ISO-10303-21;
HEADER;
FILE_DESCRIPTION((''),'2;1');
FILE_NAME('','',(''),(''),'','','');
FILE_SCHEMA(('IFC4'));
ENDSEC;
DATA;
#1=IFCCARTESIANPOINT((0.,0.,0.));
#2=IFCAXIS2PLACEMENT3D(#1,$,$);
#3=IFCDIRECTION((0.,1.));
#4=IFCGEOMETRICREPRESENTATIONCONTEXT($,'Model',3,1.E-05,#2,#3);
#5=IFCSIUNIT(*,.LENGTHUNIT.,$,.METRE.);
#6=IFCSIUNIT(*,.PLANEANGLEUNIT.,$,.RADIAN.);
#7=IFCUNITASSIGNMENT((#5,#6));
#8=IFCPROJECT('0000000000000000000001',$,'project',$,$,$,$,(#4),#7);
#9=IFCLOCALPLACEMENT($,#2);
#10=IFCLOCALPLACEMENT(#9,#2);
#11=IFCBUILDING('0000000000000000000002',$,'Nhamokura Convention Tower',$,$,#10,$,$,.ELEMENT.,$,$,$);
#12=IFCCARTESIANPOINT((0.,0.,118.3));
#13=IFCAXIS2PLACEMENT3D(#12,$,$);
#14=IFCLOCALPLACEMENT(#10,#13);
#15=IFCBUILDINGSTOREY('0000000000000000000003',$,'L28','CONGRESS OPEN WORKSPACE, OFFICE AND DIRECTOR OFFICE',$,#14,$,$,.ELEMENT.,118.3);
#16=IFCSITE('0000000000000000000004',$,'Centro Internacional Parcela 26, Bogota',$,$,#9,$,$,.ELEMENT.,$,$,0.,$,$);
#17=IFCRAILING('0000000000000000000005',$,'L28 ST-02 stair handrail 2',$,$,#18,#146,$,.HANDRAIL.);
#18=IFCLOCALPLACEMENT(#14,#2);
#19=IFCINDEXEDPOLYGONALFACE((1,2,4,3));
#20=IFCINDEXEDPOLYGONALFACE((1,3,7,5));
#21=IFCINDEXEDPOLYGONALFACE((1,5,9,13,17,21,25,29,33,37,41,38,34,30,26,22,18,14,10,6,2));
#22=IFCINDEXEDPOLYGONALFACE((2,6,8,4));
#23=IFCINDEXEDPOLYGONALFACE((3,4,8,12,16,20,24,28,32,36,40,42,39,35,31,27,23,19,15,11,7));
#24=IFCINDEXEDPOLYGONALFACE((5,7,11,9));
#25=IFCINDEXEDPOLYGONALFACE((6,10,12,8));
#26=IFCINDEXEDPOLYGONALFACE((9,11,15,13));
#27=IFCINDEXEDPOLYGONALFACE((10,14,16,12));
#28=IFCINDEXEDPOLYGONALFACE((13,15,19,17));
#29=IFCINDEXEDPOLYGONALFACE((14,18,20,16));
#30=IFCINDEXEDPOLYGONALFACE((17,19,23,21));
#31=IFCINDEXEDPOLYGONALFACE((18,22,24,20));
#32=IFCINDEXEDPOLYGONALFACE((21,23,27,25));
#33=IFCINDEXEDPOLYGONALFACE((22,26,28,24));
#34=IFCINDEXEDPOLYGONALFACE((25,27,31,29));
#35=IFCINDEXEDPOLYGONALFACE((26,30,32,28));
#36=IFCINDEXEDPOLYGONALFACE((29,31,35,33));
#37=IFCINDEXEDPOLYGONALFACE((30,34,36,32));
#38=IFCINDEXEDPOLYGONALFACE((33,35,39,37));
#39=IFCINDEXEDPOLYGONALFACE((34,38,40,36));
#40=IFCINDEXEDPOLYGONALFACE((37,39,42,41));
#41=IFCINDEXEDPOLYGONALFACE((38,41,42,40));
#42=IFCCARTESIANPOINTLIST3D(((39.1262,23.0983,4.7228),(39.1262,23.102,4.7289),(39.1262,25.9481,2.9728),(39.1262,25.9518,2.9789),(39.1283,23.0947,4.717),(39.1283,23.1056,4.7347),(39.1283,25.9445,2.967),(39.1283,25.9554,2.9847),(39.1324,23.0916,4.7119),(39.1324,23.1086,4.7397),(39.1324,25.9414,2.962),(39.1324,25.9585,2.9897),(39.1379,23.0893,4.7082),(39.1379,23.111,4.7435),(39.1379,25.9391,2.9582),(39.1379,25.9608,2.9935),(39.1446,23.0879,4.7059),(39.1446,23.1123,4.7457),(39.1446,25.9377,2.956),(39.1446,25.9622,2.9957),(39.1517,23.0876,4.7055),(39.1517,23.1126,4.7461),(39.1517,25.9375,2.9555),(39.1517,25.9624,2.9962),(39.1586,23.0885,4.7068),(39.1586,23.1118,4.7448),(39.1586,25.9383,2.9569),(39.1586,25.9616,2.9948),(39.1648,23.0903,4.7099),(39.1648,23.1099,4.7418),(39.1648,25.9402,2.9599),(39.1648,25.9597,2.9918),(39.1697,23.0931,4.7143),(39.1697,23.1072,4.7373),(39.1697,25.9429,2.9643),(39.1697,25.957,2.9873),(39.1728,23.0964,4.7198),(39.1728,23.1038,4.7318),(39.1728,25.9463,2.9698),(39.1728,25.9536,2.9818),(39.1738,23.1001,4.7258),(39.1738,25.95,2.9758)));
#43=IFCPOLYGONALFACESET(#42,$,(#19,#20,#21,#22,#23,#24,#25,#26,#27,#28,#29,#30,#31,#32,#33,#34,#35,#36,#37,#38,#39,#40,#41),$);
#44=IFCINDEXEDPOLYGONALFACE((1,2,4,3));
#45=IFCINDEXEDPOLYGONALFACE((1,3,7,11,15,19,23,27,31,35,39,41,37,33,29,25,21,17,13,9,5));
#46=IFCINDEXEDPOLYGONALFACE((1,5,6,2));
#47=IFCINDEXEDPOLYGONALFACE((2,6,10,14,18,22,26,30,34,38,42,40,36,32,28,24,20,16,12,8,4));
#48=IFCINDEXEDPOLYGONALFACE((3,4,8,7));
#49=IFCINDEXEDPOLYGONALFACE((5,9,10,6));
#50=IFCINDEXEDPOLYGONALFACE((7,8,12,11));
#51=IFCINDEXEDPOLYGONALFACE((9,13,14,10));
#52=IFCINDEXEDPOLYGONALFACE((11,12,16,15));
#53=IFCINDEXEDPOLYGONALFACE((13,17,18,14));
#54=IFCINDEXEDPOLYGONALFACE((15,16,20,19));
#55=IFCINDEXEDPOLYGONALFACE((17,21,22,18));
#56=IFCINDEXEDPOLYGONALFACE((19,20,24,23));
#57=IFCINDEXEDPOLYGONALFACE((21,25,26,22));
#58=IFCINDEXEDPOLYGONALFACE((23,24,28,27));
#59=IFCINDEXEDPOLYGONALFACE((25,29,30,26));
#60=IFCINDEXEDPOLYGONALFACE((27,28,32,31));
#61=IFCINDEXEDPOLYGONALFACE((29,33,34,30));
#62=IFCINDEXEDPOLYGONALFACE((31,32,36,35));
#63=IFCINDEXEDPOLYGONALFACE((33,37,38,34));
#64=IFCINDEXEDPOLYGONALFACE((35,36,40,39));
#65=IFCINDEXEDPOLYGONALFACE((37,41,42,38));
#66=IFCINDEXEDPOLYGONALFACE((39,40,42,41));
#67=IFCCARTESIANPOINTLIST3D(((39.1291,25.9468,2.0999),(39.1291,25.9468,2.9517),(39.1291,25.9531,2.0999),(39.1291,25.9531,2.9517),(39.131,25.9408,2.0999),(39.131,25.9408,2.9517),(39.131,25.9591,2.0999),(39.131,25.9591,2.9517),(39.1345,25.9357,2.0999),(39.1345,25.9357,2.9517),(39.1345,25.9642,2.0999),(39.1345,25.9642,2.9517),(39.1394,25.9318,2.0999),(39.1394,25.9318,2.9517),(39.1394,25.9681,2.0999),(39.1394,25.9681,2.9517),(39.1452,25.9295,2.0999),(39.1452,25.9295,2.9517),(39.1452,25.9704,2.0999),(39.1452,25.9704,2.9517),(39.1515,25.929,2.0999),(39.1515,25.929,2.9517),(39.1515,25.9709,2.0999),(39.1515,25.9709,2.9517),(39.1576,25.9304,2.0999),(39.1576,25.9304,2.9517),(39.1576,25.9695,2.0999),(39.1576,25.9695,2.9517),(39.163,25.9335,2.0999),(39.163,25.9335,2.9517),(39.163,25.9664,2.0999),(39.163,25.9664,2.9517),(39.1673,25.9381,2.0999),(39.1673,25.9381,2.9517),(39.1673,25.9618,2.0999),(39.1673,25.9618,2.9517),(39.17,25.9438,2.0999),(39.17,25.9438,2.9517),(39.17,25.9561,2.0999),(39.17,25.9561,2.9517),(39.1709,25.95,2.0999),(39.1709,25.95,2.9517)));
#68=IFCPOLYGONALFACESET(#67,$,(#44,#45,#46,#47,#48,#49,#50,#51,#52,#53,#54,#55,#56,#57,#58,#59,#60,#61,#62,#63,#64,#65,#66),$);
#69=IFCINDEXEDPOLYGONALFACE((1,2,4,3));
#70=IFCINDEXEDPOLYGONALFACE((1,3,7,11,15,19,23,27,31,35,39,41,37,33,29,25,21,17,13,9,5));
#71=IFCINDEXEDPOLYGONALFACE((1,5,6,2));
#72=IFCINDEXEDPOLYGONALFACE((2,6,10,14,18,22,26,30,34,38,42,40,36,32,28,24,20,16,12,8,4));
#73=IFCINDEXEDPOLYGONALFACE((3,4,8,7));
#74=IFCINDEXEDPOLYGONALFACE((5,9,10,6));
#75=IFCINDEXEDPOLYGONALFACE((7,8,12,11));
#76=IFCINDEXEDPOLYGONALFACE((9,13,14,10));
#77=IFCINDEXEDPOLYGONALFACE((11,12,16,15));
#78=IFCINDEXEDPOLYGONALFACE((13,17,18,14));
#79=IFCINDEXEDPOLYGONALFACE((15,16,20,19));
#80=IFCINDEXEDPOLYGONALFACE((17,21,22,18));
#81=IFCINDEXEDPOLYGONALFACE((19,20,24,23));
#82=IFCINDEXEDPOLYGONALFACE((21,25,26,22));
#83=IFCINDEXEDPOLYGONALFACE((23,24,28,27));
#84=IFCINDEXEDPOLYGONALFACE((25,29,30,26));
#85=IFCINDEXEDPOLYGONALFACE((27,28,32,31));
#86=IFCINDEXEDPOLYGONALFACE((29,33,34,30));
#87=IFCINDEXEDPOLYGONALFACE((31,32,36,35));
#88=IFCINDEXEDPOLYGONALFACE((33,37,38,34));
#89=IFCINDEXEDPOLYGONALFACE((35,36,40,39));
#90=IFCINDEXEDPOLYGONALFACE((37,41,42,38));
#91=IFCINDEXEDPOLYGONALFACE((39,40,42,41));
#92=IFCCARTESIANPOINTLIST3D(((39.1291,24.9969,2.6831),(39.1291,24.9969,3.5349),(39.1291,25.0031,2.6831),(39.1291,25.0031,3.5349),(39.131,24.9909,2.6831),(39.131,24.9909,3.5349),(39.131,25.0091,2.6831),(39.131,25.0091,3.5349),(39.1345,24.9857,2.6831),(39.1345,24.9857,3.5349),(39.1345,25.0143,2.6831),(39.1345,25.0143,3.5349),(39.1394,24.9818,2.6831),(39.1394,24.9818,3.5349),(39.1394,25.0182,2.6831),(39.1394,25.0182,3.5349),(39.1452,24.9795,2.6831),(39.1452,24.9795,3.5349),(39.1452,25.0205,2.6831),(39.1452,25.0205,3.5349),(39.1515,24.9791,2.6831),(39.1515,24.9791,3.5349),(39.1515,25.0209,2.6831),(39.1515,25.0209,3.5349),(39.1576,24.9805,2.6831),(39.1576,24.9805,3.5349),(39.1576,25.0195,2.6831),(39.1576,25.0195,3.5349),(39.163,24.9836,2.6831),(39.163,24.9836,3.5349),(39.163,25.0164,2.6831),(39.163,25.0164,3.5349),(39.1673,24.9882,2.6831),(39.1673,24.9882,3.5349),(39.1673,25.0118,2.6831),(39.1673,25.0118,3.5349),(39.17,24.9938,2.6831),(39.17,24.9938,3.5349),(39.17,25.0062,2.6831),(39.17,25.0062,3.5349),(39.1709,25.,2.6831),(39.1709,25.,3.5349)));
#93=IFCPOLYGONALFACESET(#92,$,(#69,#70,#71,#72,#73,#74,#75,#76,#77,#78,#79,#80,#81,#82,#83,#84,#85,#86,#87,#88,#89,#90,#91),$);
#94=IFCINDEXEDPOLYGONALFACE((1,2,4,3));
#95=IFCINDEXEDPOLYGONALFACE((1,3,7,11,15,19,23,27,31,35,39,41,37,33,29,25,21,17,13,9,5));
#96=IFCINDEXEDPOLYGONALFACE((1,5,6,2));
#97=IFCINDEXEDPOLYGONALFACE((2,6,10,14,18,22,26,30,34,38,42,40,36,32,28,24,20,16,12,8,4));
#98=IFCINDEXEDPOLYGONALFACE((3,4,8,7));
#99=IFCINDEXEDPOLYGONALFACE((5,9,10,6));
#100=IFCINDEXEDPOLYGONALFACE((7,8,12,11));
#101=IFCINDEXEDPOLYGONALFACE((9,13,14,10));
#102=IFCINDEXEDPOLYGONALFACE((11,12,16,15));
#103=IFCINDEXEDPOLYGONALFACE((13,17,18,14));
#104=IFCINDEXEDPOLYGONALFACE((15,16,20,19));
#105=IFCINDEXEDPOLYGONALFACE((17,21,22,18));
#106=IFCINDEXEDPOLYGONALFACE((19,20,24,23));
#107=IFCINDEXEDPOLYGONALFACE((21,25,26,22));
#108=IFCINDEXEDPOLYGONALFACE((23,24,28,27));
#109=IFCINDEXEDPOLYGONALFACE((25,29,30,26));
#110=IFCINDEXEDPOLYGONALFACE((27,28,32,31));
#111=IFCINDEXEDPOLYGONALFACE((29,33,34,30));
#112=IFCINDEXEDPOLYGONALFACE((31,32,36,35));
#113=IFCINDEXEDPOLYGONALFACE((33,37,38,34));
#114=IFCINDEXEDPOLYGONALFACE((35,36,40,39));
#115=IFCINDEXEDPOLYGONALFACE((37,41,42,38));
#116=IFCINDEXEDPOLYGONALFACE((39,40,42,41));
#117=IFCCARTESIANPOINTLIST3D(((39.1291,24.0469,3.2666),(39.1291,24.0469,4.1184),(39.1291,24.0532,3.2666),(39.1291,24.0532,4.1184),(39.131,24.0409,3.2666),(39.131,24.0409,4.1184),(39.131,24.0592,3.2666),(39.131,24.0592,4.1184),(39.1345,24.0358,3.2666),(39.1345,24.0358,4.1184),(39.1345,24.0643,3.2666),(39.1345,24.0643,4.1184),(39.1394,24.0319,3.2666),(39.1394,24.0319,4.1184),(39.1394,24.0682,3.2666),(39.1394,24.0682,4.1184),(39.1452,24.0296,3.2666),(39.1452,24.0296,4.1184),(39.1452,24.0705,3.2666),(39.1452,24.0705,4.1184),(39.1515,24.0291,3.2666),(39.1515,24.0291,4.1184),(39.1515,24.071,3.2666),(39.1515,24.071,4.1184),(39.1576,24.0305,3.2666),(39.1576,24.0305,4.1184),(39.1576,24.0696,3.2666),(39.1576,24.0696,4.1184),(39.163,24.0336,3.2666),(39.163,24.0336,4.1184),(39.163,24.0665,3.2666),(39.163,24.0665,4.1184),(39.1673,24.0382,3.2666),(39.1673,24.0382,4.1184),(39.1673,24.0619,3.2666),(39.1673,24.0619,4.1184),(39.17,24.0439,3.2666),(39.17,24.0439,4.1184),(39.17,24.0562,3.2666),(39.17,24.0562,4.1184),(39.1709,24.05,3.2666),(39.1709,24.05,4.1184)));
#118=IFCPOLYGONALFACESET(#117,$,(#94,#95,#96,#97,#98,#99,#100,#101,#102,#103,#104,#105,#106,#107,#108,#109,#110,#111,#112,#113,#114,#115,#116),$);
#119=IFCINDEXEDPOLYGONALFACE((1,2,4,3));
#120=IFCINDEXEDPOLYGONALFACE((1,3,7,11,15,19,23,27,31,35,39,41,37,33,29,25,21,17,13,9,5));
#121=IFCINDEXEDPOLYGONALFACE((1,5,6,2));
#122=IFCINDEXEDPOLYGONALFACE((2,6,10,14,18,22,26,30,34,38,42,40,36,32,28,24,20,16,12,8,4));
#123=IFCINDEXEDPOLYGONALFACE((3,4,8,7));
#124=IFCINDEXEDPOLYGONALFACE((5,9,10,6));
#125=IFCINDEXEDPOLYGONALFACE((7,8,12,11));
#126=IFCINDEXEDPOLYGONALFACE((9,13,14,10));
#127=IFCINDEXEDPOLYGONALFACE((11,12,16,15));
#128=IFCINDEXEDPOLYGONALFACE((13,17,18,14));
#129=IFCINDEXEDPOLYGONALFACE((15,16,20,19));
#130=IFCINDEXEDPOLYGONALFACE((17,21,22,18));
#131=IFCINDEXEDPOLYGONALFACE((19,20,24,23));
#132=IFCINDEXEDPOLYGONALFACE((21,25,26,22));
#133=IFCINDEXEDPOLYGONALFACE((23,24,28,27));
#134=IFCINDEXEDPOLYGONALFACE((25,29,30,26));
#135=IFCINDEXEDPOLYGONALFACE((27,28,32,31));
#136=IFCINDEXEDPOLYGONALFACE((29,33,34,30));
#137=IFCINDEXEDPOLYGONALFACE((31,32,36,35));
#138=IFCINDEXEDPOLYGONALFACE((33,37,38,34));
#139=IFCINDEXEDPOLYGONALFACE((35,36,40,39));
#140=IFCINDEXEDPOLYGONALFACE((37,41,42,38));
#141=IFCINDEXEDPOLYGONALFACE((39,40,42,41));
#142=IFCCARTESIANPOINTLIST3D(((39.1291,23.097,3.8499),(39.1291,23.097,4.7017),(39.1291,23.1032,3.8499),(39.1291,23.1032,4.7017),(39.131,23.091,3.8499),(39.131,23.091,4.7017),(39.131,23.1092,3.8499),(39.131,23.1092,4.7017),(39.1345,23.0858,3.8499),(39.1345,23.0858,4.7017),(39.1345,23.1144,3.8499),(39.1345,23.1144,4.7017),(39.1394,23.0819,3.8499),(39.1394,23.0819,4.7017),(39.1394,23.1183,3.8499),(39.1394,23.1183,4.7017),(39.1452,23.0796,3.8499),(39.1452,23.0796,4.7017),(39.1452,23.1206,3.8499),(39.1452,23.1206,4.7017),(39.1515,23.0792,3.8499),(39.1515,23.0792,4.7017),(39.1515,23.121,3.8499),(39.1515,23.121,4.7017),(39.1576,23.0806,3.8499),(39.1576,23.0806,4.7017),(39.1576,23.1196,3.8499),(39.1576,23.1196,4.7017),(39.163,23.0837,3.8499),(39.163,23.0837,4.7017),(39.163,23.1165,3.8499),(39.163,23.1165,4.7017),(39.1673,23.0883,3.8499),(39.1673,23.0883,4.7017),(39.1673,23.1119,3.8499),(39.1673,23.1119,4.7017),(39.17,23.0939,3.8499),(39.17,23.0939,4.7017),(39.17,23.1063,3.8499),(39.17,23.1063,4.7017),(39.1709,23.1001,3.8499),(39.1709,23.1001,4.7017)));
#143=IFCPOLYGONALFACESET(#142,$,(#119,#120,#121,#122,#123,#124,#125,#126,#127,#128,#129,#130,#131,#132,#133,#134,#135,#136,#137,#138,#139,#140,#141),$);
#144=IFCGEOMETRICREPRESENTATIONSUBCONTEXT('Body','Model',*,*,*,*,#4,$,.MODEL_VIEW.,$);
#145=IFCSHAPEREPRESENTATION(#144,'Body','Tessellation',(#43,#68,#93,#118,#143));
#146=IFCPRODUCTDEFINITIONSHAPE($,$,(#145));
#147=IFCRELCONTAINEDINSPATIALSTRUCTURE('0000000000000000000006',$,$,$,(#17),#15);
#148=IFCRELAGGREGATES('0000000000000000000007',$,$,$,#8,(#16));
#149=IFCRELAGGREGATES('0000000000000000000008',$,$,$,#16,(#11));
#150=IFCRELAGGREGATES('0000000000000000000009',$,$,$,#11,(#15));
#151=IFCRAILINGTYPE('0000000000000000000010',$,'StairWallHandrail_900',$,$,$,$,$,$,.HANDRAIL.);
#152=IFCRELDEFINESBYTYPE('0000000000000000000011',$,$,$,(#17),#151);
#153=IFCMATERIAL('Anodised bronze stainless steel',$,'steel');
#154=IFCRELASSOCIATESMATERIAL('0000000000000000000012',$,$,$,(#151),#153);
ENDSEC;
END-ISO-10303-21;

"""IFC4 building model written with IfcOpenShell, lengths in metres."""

from ifc_helpers import new_model, si_unit, direction, frame, origin, origin_2d, place, context, subcontext, project, spatial, circle, extrude, material, type_object, element, save


model = new_model("IFC4")

# Units and contexts
model_context = context("Model", 3, precision=1e-05, world=origin(), true_north=direction((0.0, 1.0)))
body_context = subcontext(model_context, "Body", "Model", "MODEL_VIEW")
ifc_project = project(units=[si_unit("LENGTHUNIT", "METRE"), si_unit("PLANEANGLEUNIT", "RADIAN")], contexts=[model_context])

# Site, building, storey
site_placement = place(None, origin())
site = spatial("IfcSite", under=ifc_project, at=site_placement, Name="Centro Internacional Parcela 26, Bogota", CompositionType="ELEMENT", RefElevation=0.0)
building_placement = place(site_placement, origin())
building = spatial("IfcBuilding", under=site, at=building_placement, Name="Nhamokura Convention Tower", CompositionType="ELEMENT")
storey_placement = place(building_placement, frame((0.0, 0.0, 118.3)))
storey = spatial("IfcBuildingStorey", under=building, at=storey_placement, Name="L28", Description="CONGRESS OPEN WORKSPACE, OFFICE AND DIRECTOR OFFICE", CompositionType="ELEMENT", Elevation=118.3)

# Railing
ifc_material_1 = material(Name="Anodised bronze stainless steel", Category="steel")
railing_type_1 = type_object("IfcRailingType", Name="StairWallHandrail_900", PredefinedType="HANDRAIL", material=ifc_material_1)
railing_1_placement = place(storey_placement, frame((39.1499, 25.95, 2.0999)))
element("IfcRailing", 1, at=railing_1_placement, inside=storey, type_object=railing_type_1, Name="L28 ST-02 stair handrail 2", PredefinedType="HANDRAIL", context=body_context, shape_type="SweptSolid", body=[
    extrude(circle(Radius=0.0239, at=origin_2d()), frame((0.0, 0.0, 0.876), z_axis=(0.0, -0.852159, 0.523283), x_axis=(1.0, 0.0, 0.0)), (0.0, 0.0, 1.0), 3.3442),
    extrude(circle(Radius=0.021, at=origin_2d()), origin(), (0.0, 0.0, 1.0), 0.8518),
    extrude(circle(Radius=0.021, at=origin_2d()), frame((0.0, -0.95, 0.5833)), (0.0, 0.0, 1.0), 0.8518),
    extrude(circle(Radius=0.021, at=origin_2d()), frame((0.0, -1.8999, 1.1667)), (0.0, 0.0, 1.0), 0.8518),
    extrude(circle(Radius=0.021, at=origin_2d()), frame((0.0, -2.8499, 1.75)), (0.0, 0.0, 1.0), 0.8518),
])

save(model, "model.ifc")
